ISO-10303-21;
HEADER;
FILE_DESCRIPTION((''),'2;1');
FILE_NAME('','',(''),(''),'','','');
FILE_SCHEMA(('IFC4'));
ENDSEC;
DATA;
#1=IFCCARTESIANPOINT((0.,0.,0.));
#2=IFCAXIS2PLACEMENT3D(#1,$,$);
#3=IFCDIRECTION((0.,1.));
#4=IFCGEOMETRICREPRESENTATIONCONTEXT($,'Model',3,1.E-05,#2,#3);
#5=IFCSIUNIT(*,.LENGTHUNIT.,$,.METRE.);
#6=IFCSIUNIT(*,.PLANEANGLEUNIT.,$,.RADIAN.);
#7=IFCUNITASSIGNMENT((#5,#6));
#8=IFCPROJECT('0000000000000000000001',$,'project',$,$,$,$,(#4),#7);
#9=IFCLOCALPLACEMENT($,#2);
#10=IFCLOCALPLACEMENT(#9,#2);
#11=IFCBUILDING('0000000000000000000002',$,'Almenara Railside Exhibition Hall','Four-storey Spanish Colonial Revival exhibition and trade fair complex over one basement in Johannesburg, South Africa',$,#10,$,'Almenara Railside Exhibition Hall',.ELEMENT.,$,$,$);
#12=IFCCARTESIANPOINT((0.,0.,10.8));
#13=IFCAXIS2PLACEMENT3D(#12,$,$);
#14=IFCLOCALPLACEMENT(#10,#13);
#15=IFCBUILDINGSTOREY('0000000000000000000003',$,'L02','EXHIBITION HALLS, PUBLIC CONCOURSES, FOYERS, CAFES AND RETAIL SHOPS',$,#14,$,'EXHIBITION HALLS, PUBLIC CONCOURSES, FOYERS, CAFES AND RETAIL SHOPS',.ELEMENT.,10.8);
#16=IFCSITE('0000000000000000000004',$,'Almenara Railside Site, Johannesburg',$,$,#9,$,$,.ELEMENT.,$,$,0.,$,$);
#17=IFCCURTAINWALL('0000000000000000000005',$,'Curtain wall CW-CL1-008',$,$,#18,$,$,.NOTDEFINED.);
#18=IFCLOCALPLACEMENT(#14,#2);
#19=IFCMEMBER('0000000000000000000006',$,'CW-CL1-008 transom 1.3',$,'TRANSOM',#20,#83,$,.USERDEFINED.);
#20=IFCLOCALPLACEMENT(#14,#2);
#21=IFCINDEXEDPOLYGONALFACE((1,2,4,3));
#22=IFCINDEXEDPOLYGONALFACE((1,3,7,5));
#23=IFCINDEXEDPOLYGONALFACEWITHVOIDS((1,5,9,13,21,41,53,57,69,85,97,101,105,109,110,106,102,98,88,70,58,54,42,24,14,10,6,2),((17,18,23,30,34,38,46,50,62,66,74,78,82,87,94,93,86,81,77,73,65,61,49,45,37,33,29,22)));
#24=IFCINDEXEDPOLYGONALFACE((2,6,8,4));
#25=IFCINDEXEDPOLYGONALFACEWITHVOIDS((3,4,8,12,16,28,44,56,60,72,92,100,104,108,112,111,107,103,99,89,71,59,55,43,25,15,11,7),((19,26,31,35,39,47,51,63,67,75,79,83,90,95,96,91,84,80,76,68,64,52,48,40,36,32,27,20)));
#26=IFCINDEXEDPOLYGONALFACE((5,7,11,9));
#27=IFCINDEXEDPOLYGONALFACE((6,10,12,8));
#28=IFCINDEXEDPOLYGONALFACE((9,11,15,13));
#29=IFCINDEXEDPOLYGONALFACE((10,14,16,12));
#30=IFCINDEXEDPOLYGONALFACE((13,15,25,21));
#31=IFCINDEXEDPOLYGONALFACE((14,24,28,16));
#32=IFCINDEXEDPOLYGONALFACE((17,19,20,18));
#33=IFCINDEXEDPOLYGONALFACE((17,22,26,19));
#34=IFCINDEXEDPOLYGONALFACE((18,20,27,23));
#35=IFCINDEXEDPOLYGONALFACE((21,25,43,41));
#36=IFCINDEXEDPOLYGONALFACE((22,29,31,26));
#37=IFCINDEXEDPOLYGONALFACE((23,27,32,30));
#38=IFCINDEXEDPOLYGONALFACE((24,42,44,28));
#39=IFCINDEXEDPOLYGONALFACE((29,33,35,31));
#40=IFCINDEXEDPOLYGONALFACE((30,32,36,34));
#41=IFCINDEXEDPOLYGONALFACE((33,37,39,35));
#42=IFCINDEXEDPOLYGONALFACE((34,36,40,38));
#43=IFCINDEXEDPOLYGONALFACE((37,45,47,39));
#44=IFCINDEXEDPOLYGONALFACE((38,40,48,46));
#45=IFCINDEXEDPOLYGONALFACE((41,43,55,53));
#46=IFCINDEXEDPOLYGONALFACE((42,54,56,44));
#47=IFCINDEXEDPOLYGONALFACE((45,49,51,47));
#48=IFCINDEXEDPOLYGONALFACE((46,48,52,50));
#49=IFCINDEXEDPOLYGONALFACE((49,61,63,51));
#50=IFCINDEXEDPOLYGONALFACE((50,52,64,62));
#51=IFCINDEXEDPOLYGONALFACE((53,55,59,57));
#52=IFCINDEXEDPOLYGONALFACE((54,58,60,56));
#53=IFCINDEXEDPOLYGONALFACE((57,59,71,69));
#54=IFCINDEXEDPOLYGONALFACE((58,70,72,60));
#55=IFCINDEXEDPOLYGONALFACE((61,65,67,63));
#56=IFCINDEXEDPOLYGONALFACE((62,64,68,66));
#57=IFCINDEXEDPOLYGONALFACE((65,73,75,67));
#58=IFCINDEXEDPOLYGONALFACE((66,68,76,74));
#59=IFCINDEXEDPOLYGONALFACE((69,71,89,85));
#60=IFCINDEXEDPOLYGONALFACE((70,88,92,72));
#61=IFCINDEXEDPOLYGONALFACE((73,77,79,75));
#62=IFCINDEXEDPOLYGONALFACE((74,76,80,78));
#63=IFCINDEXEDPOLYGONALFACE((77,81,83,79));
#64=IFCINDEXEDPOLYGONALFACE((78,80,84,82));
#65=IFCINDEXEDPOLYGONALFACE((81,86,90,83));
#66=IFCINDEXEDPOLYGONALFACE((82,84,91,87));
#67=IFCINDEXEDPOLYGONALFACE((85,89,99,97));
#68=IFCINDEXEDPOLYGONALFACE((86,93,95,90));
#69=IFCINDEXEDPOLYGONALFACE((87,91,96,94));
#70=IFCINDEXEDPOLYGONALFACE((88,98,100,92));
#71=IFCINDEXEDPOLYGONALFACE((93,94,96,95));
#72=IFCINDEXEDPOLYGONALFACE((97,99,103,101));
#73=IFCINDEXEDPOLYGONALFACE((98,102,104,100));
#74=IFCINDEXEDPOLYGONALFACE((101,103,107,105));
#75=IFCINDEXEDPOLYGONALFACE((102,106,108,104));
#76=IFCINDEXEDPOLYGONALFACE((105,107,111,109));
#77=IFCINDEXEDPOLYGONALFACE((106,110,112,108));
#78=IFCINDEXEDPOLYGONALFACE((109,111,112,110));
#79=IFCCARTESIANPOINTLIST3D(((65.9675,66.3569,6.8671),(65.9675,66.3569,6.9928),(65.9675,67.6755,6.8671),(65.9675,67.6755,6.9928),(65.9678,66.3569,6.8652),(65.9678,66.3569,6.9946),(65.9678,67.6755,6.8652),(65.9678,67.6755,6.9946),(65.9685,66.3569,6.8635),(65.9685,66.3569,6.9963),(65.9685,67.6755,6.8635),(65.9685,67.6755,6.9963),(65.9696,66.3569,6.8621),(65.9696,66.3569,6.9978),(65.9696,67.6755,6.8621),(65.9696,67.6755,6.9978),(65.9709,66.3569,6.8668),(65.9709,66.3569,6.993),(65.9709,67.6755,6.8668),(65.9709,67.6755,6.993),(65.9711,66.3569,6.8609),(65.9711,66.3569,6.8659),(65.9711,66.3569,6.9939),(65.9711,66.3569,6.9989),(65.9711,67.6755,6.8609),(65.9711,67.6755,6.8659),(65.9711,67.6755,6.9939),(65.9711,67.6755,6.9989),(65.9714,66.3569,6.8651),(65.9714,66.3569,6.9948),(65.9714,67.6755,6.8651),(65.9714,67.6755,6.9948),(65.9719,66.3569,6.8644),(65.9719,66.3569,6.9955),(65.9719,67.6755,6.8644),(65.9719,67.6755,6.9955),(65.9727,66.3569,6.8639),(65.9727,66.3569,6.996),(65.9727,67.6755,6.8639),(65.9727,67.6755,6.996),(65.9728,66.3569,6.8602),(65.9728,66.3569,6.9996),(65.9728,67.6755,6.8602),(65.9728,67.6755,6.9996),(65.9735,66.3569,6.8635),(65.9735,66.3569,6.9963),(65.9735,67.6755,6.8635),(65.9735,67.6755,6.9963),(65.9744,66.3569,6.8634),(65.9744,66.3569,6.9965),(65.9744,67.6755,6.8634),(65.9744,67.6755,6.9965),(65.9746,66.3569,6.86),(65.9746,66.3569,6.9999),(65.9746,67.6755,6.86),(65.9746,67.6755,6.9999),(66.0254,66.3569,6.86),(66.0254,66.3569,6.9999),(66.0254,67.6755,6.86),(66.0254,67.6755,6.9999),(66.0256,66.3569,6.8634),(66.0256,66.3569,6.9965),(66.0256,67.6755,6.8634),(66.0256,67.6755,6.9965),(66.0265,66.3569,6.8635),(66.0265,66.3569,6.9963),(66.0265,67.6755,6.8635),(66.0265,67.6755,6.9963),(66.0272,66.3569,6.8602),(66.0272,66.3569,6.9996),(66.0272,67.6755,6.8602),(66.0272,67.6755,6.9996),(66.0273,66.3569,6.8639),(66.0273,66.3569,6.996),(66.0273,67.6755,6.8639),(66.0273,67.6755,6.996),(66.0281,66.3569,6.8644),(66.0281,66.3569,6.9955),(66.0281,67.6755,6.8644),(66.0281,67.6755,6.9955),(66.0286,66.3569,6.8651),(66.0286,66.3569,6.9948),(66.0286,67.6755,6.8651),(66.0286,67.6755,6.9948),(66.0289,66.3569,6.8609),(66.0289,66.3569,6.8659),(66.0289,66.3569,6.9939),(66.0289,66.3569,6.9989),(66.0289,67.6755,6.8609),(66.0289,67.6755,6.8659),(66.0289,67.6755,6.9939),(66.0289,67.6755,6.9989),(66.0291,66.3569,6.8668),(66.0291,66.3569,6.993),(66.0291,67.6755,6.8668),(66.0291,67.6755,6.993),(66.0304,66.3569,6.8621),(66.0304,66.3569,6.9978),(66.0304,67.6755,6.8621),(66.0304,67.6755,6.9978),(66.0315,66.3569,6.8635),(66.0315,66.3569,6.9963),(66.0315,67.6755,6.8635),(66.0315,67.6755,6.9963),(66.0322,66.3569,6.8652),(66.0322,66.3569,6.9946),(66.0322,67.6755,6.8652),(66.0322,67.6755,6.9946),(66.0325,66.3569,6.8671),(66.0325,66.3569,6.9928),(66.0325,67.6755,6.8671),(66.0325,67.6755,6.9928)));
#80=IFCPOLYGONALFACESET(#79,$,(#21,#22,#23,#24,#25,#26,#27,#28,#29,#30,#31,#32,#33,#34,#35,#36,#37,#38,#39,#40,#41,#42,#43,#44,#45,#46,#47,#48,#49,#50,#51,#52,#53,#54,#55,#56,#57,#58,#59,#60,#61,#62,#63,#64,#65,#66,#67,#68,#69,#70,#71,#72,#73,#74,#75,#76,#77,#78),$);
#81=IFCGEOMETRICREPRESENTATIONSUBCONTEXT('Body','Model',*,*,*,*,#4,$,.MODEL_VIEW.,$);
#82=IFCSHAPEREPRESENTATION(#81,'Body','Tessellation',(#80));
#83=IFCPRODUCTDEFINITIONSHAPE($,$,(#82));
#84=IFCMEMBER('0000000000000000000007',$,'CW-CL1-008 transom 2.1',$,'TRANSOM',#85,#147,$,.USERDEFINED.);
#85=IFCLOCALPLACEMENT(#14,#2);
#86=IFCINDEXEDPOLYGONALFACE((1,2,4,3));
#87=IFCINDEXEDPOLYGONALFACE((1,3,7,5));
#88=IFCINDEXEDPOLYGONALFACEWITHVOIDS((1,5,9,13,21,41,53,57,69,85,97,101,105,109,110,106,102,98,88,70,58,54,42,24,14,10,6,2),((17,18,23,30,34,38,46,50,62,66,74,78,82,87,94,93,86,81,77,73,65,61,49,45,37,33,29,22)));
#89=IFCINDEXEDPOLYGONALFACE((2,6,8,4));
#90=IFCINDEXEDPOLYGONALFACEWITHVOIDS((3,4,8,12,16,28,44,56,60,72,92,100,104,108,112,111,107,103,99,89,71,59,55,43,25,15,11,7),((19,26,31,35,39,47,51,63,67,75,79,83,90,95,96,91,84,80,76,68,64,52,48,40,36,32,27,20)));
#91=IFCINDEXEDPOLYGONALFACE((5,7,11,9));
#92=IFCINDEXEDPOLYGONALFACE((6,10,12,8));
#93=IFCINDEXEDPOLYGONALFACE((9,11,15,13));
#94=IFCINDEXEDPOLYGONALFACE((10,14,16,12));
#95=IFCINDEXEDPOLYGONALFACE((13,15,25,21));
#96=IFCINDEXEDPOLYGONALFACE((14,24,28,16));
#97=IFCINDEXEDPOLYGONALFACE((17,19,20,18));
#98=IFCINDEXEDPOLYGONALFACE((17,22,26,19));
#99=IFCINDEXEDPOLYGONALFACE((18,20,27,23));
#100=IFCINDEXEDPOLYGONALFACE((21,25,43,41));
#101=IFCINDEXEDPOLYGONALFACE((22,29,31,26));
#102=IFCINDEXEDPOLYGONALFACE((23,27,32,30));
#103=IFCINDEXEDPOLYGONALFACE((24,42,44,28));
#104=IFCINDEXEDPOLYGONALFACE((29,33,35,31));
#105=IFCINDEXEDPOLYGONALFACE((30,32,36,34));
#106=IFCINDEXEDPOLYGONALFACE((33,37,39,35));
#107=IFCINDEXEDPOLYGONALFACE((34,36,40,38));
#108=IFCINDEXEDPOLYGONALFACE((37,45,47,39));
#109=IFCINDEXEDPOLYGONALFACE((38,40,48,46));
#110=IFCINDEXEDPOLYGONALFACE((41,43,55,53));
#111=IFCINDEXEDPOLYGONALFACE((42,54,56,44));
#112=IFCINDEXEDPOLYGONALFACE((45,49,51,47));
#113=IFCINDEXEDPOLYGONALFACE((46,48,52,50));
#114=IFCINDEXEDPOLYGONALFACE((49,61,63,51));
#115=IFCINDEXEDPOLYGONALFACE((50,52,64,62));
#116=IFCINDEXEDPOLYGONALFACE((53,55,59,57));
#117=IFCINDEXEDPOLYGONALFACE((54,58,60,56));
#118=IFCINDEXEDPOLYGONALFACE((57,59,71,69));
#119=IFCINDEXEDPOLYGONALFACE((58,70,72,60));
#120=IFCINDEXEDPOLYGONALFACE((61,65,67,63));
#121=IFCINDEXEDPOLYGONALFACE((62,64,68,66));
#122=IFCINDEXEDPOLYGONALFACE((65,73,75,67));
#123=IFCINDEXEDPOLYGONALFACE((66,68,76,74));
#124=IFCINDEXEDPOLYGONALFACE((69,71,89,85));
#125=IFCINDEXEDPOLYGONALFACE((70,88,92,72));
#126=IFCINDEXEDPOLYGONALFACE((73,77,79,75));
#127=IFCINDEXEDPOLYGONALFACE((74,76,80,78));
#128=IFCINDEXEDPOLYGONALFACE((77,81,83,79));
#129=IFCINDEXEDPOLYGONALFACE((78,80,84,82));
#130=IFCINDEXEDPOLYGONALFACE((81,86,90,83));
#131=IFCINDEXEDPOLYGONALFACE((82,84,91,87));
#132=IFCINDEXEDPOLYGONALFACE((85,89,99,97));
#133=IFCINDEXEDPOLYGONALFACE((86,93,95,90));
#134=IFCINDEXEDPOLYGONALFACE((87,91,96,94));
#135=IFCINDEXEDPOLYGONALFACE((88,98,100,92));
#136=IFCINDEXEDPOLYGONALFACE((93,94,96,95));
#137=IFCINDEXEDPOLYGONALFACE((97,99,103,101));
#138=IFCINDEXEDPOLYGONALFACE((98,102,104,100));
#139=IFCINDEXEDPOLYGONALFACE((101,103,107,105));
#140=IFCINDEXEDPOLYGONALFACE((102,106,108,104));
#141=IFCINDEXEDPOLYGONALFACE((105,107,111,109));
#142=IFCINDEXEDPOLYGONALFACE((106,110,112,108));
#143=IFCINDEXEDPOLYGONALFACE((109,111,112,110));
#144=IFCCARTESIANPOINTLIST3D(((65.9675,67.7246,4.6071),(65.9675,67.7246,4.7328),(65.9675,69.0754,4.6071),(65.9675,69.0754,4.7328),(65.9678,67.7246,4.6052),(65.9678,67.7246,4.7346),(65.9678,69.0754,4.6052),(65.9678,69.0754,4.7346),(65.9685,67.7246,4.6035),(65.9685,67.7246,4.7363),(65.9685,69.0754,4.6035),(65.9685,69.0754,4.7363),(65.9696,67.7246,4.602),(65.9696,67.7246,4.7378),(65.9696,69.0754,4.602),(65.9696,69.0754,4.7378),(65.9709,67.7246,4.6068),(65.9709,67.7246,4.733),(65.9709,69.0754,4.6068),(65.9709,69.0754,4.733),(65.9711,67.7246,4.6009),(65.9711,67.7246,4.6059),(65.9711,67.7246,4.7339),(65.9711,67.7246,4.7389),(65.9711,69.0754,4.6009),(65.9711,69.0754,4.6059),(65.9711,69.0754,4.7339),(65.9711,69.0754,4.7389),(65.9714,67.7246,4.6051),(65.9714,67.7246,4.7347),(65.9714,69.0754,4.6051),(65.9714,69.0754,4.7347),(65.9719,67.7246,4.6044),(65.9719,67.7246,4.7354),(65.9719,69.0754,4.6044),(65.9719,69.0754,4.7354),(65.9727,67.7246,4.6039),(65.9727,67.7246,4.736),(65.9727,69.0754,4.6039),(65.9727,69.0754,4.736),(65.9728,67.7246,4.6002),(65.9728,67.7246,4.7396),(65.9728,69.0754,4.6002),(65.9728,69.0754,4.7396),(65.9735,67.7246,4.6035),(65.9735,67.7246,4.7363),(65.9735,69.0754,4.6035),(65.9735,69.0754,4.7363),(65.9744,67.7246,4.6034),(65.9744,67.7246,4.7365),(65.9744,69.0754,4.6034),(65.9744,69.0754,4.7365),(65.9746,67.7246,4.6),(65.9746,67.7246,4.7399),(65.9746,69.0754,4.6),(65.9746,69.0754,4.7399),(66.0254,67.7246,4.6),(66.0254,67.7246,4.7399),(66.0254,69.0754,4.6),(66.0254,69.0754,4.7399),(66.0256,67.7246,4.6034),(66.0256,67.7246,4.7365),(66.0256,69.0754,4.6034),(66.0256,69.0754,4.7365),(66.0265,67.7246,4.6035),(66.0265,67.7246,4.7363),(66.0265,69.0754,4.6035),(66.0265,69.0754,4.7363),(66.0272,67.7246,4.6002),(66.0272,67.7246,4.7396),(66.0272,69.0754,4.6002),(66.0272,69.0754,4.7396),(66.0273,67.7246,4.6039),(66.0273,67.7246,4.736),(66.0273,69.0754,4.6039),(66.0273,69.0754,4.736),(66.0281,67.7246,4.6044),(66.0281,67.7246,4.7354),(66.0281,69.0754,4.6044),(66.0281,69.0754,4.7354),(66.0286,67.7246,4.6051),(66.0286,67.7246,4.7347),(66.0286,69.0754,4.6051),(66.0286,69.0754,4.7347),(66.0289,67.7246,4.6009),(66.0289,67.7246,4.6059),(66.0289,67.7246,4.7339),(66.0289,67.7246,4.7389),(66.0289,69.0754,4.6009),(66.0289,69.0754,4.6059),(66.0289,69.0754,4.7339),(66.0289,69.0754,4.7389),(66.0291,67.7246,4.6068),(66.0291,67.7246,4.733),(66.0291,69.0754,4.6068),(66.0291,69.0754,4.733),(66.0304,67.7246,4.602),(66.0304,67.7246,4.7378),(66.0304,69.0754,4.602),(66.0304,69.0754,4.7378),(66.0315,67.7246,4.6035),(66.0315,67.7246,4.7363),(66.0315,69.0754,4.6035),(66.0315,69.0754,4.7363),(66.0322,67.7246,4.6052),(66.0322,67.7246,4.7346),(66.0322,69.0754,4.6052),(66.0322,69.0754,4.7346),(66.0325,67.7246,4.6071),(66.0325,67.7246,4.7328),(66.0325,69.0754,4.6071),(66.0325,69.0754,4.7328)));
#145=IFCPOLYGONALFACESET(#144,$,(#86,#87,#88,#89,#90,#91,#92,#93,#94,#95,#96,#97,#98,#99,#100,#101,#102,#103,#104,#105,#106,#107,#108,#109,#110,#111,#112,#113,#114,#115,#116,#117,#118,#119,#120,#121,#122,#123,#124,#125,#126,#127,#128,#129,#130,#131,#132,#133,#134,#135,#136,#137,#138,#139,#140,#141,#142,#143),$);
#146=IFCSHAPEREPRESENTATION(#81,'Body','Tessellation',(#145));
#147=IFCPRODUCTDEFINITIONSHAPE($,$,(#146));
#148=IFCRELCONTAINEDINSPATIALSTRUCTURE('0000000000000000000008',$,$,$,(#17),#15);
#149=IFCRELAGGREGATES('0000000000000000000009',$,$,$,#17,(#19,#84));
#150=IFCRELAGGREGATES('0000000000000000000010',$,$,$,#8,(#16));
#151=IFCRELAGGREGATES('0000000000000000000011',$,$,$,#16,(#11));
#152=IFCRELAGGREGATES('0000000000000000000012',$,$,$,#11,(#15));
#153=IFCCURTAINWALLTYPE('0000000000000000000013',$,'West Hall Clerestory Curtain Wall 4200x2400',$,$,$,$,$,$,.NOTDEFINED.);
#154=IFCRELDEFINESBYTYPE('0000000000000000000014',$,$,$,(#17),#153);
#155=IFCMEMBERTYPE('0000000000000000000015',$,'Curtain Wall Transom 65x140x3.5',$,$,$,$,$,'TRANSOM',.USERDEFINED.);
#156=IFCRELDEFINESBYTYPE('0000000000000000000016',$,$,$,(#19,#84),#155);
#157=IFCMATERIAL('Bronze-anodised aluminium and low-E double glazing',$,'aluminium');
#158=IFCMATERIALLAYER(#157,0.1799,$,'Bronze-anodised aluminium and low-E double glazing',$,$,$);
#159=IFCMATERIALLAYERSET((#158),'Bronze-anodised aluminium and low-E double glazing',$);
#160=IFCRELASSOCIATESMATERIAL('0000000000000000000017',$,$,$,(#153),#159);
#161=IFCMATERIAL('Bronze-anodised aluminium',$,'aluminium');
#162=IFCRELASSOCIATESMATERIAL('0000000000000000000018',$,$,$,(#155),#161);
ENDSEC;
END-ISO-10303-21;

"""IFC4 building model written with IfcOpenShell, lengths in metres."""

from ifc_helpers import new_model, si_unit, direction, frame, origin, origin_2d, place, context, subcontext, project, spatial, hollow_rectangle, extrude, material, layer, layer_set, material_profile, profile_set, type_object, element, aggregate, save


model = new_model("IFC4")

# Units and contexts
model_context = context("Model", 3, precision=1e-05, world=origin(), true_north=direction((0.0, 1.0)))
body_context = subcontext(model_context, "Body", "Model", "MODEL_VIEW")
ifc_project = project(units=[si_unit("LENGTHUNIT", "METRE"), si_unit("PLANEANGLEUNIT", "RADIAN")], contexts=[model_context])

# Site, building, storey
site_placement = place(None, origin())
site = spatial("IfcSite", under=ifc_project, at=site_placement, Name="Almenara Railside Site, Johannesburg", CompositionType="ELEMENT", RefElevation=0.0)
building_placement = place(site_placement, origin())
building = spatial("IfcBuilding", under=site, at=building_placement, Name="Almenara Railside Exhibition Hall", Description="Four-storey Spanish Colonial Revival exhibition and trade fair complex over one basement in Johannesburg, South Africa", LongName="Almenara Railside Exhibition Hall", CompositionType="ELEMENT")
storey_placement = place(building_placement, frame((0.0, 0.0, 10.8)))
storey = spatial("IfcBuildingStorey", under=building, at=storey_placement, Name="L02", Description="EXHIBITION HALLS, PUBLIC CONCOURSES, FOYERS, CAFES AND RETAIL SHOPS", LongName="EXHIBITION HALLS, PUBLIC CONCOURSES, FOYERS, CAFES AND RETAIL SHOPS", CompositionType="ELEMENT", Elevation=10.8)

# Curtain wall
ifc_material_1 = material(Name="Bronze-anodised aluminium and low-E double glazing", Category="aluminium")
ifc_layer_1 = layer(ifc_material_1, 0.1799, Name="Bronze-anodised aluminium and low-E double glazing")
ifc_layer_set_1 = layer_set([ifc_layer_1], Name="Bronze-anodised aluminium and low-E double glazing")
curtain_wall_type_1 = type_object("IfcCurtainWallType", Name="West Hall Clerestory Curtain Wall 4200x2400", PredefinedType="NOTDEFINED", material=ifc_layer_set_1)
curtain_wall_1_placement = place(storey_placement, origin())
curtain_wall_1 = element("IfcCurtainWall", 1, at=curtain_wall_1_placement, inside=storey, type_object=curtain_wall_type_1, Name="Curtain wall CW-CL1-008", PredefinedType="NOTDEFINED")
ifc_material_2 = material(Name="Bronze-anodised aluminium", Category="aluminium")

# Members
ifc_material_profile_1 = material_profile(ifc_material_2, hollow_rectangle(XDim=0.0649, YDim=0.1399, WallThickness=0.0034, InnerFilletRadius=0.0034, OuterFilletRadius=0.0071, at=origin_2d()), Name="ALU-TRN 65x140x3.5")
ifc_profile_set_1 = profile_set([ifc_material_profile_1], Name="Bronze-anodised aluminium")
member_type_1 = type_object("IfcMemberType", Name="Curtain Wall Transom 65x140x3.5", ElementType="TRANSOM", PredefinedType="USERDEFINED", material=ifc_profile_set_1)
member_1_placement = place(storey_placement, frame((66.0, 66.3569, 6.9299), z_axis=(0.0, 1.0, 0.0), x_axis=(-1.0, 0.0, 0.0)))
member_1 = element("IfcMember", 2, at=member_1_placement, type_object=member_type_1, Name="CW-CL1-008 transom 1.3", ObjectType="TRANSOM", PredefinedType="USERDEFINED", context=body_context, shape_type="SweptSolid", body=[
    extrude(hollow_rectangle(XDim=0.0649, YDim=0.1399, WallThickness=0.0034, InnerFilletRadius=0.0034, OuterFilletRadius=0.0071, at=origin_2d()), origin(), (0.0, 0.0, 1.0), 1.3186),
])
member_2_placement = place(storey_placement, frame((66.0, 67.7246, 4.6699), z_axis=(0.0, 1.0, 0.0), x_axis=(-1.0, 0.0, 0.0)))
member_2 = element("IfcMember", 3, at=member_2_placement, type_object=member_type_1, Name="CW-CL1-008 transom 2.1", ObjectType="TRANSOM", PredefinedType="USERDEFINED", context=body_context, shape_type="SweptSolid", body=[
    extrude(hollow_rectangle(XDim=0.0649, YDim=0.1399, WallThickness=0.0034, InnerFilletRadius=0.0034, OuterFilletRadius=0.0071, at=origin_2d()), origin(), (0.0, 0.0, 1.0), 1.3508),
])

aggregate(curtain_wall_1, [member_1, member_2])

save(model, "model.ifc")
